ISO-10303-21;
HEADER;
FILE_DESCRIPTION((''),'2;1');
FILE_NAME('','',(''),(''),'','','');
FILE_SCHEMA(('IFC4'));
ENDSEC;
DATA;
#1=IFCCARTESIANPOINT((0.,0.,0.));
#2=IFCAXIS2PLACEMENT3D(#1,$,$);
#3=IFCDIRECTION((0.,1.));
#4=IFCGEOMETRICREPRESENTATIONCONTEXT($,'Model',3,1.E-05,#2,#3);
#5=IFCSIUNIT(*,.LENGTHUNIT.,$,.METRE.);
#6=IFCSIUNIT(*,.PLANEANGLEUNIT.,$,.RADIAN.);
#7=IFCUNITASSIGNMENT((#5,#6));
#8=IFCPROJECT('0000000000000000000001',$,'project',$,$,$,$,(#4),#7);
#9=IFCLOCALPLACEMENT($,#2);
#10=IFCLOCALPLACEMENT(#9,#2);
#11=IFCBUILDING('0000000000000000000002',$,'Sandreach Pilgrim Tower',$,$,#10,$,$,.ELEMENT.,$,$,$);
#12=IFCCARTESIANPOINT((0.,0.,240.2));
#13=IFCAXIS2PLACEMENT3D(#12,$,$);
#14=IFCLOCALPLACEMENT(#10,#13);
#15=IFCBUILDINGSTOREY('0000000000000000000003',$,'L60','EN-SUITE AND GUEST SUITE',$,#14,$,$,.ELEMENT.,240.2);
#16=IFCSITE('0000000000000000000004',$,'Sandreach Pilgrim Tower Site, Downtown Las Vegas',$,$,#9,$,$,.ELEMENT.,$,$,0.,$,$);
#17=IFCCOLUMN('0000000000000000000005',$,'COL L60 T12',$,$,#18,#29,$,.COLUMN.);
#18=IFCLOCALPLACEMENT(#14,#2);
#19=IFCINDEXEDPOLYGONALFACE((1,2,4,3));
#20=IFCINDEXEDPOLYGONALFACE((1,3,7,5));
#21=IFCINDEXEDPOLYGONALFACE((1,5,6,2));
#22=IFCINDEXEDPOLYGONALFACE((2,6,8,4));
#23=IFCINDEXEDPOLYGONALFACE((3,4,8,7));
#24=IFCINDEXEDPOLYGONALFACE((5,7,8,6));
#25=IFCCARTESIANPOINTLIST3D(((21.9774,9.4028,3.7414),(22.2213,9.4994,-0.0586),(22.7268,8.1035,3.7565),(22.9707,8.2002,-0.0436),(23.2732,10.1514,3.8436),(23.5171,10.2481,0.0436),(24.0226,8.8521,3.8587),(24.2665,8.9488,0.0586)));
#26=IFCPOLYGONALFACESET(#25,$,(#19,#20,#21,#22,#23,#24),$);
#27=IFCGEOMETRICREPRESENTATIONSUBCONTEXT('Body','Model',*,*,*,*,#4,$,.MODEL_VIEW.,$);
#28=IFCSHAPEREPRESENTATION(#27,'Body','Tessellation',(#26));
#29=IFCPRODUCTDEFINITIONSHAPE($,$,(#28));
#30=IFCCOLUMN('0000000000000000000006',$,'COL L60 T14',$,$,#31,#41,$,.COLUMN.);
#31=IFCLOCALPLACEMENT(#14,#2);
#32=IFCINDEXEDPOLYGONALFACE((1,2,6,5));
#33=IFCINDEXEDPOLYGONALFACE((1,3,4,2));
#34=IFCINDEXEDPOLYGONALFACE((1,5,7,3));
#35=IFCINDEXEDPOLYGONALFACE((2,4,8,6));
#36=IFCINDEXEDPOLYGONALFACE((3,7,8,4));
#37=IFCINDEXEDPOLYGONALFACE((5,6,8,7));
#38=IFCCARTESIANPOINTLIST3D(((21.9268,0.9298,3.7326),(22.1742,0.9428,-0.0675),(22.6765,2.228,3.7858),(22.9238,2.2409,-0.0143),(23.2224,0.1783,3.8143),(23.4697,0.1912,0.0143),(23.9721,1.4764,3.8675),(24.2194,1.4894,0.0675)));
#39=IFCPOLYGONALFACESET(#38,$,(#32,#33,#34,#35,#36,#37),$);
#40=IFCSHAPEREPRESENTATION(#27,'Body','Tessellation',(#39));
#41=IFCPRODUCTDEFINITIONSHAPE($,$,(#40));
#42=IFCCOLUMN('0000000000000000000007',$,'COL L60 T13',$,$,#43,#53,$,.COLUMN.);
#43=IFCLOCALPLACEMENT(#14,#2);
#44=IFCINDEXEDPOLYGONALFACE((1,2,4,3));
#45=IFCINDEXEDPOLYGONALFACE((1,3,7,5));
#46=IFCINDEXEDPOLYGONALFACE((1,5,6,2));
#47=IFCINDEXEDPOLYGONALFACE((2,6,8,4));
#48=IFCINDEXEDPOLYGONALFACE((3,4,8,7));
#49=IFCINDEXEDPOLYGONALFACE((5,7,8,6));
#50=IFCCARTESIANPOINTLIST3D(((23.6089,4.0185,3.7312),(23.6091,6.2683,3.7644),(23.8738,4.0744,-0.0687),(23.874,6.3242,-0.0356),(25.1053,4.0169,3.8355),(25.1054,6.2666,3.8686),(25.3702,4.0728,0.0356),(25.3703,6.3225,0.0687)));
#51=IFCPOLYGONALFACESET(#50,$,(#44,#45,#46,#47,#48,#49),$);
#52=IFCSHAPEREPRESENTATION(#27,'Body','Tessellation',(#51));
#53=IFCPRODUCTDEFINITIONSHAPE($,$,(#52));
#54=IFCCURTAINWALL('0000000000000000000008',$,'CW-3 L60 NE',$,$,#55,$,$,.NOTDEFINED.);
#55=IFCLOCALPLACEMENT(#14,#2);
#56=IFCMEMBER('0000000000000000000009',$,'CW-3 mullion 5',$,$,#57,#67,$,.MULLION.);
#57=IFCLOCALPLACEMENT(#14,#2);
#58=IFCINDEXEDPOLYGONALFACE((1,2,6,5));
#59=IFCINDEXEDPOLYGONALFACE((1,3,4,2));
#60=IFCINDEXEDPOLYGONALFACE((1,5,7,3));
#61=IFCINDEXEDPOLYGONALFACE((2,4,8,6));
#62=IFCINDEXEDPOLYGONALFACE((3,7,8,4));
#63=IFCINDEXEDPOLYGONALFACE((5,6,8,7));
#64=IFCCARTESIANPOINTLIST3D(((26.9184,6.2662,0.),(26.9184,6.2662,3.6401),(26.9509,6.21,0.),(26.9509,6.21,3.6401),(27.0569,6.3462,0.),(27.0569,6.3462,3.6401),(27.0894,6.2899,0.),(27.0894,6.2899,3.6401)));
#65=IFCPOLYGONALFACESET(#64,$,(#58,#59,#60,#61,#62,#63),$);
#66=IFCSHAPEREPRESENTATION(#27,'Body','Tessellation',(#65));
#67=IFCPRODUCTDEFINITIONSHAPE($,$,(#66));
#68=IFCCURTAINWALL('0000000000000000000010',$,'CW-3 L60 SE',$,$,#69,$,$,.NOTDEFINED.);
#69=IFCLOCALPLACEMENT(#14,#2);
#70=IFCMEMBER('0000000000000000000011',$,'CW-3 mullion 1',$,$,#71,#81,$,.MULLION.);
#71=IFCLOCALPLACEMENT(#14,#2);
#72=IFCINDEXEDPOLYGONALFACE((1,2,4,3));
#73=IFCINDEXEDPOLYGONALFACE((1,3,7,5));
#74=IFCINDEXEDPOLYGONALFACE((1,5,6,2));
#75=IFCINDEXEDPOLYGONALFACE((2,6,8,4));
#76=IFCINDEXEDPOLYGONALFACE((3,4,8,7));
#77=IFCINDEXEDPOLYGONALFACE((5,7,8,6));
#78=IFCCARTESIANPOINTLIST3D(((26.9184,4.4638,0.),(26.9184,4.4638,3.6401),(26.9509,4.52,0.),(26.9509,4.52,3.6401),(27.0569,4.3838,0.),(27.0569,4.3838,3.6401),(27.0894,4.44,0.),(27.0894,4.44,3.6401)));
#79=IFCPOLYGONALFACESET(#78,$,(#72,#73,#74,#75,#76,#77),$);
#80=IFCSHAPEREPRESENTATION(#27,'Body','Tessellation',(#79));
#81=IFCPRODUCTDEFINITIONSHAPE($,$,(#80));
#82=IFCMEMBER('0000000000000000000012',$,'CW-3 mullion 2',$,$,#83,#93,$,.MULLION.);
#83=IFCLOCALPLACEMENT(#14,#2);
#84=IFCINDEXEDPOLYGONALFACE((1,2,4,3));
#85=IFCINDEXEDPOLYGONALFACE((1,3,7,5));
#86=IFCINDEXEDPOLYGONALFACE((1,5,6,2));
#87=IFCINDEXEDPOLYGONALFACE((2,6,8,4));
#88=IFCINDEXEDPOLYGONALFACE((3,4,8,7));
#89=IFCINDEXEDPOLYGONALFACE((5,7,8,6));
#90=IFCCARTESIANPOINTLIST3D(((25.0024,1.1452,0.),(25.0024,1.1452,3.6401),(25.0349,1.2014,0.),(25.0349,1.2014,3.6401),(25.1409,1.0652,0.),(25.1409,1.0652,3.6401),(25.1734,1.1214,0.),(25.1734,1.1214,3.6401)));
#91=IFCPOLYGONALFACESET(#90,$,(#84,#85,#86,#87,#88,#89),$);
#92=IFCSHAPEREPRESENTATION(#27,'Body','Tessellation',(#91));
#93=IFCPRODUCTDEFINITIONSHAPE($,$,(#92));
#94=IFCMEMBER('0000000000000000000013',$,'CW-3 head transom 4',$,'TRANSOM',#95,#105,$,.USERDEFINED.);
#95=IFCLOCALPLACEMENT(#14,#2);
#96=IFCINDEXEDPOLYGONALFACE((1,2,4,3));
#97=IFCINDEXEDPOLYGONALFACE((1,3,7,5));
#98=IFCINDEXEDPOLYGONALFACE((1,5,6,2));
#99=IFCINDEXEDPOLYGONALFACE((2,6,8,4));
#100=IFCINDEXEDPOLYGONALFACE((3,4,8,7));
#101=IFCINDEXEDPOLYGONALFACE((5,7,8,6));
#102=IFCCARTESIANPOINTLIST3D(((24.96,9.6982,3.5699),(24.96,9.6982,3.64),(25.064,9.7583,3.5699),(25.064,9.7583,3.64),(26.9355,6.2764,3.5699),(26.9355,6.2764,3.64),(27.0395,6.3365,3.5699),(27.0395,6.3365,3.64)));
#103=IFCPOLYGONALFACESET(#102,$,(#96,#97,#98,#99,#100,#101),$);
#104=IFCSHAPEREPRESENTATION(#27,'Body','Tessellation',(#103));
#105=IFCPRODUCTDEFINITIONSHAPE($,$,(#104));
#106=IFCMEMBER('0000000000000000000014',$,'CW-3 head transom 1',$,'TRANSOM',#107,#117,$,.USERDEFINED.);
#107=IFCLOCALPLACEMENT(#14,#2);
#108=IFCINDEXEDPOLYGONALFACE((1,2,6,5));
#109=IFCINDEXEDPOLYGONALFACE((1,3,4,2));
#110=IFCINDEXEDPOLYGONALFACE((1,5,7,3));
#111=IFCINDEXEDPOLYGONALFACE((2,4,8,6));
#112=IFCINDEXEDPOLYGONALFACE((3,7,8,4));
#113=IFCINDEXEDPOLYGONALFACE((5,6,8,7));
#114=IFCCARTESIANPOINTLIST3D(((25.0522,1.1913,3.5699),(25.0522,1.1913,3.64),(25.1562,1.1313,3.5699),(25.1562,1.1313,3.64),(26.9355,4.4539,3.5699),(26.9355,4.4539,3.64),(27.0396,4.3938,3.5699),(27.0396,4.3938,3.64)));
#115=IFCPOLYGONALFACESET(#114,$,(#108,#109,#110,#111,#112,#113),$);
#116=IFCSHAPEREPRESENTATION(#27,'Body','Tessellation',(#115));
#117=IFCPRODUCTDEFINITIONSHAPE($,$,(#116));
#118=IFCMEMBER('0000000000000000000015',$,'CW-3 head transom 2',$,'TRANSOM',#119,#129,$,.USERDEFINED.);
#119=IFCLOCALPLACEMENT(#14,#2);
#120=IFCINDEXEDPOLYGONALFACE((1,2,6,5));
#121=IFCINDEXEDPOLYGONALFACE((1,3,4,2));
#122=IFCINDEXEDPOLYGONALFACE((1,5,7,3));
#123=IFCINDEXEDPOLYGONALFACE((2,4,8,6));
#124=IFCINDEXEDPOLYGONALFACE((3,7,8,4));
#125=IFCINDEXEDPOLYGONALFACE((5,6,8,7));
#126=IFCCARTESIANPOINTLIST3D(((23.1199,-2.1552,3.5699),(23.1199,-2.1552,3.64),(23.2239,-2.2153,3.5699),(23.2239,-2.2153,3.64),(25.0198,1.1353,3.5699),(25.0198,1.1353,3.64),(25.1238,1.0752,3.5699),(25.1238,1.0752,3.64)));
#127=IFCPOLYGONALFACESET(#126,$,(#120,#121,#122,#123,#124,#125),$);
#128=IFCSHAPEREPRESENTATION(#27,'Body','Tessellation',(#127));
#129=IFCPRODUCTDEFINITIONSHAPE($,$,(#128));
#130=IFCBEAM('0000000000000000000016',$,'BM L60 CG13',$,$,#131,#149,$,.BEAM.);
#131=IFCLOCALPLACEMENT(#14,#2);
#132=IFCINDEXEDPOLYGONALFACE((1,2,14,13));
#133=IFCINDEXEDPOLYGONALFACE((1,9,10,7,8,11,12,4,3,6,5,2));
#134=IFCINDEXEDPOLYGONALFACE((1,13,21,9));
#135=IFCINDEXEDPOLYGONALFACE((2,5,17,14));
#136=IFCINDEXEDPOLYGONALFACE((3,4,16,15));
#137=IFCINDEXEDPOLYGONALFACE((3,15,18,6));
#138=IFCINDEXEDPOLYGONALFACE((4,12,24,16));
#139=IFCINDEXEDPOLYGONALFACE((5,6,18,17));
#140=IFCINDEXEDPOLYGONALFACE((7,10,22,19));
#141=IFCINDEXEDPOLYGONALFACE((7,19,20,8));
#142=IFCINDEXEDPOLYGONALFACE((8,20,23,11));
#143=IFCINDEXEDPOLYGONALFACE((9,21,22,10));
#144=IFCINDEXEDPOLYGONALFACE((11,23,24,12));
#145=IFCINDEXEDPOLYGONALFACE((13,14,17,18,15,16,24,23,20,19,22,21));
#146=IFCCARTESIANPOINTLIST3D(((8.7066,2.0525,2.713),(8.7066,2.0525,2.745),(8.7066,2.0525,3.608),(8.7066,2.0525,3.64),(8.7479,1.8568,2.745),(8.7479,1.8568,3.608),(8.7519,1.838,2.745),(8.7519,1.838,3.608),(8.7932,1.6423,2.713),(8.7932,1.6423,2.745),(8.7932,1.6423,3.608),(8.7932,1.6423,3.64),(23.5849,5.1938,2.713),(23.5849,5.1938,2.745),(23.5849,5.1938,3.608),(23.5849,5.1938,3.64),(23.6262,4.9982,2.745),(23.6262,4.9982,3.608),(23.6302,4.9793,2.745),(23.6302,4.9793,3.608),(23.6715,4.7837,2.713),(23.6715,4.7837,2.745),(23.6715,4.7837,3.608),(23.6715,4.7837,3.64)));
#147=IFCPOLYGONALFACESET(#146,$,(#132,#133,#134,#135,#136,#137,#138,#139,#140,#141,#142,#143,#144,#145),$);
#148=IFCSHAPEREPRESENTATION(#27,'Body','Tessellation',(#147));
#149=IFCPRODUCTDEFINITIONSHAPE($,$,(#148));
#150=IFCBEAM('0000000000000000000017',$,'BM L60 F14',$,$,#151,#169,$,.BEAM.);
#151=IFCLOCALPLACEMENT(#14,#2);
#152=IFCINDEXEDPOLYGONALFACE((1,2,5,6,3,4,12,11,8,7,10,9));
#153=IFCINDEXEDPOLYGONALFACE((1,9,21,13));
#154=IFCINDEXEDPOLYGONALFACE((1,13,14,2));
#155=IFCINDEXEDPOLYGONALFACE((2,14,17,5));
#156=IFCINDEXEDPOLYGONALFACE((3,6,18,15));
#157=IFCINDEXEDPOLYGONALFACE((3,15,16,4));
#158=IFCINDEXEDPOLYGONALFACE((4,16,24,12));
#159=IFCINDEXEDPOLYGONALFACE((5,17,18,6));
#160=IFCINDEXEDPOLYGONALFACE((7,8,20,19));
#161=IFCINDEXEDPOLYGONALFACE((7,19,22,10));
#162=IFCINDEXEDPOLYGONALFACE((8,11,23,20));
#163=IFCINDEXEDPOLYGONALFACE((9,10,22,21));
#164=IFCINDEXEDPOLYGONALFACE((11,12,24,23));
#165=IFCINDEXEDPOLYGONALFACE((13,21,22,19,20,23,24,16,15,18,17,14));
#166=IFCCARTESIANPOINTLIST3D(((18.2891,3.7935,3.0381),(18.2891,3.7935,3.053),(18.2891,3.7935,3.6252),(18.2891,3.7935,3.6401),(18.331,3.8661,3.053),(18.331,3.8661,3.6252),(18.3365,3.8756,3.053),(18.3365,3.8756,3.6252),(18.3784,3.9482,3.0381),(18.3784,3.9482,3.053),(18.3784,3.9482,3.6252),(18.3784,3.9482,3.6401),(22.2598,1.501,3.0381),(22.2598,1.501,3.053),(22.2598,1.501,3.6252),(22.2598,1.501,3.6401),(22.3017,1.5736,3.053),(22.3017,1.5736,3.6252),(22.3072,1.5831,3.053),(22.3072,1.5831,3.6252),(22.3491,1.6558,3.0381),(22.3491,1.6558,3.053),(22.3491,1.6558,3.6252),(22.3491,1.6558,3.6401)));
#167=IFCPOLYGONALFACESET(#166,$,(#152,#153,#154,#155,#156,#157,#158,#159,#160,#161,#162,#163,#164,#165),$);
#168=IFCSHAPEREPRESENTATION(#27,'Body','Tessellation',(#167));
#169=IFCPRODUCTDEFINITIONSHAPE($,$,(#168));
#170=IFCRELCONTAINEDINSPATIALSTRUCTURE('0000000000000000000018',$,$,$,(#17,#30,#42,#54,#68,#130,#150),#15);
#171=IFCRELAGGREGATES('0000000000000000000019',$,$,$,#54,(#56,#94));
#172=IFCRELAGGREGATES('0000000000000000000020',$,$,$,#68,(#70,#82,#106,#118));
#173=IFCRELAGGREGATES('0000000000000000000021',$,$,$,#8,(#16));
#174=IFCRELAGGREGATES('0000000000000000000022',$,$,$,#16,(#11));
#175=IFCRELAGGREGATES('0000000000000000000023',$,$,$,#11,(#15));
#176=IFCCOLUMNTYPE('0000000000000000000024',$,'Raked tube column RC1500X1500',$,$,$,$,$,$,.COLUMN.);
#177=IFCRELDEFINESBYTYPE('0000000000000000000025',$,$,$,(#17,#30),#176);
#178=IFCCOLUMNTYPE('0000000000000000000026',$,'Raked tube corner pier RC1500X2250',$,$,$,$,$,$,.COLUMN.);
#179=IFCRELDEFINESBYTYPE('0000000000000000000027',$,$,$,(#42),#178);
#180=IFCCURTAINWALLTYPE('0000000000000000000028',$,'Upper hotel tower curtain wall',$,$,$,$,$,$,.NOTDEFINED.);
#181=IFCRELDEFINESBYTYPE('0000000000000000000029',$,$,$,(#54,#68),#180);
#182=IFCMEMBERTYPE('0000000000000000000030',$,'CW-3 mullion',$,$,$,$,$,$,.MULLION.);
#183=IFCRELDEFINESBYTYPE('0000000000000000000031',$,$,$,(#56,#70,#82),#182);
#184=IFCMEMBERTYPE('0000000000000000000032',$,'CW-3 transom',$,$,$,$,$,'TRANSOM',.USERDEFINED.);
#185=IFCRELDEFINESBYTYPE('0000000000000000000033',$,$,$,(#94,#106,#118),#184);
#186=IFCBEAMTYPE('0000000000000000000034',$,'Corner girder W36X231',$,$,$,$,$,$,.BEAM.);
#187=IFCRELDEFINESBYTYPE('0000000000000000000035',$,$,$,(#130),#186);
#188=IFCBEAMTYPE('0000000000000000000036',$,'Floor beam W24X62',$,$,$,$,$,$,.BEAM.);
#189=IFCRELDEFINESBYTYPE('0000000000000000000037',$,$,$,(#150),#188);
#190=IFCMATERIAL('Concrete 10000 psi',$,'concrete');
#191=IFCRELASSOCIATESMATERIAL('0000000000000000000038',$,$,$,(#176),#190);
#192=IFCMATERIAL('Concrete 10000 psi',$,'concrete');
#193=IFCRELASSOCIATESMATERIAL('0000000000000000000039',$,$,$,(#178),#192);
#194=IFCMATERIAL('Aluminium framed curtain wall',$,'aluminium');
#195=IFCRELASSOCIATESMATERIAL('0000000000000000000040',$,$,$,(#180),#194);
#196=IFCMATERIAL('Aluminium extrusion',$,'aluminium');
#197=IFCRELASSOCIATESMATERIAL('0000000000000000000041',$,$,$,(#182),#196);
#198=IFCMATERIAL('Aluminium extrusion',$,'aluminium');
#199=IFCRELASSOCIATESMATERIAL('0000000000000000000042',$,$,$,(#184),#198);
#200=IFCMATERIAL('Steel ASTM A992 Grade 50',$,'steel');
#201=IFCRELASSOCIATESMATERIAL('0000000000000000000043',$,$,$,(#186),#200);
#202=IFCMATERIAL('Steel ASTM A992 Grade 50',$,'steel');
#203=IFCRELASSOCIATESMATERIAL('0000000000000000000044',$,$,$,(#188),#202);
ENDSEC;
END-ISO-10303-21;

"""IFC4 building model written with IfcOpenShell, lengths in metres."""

from ifc_helpers import new_model, si_unit, direction, frame, origin, origin_2d, place, context, subcontext, project, spatial, rectangle, i_section, extrude, material, material_profile, profile_set, type_object, element, aggregate, save


model = new_model("IFC4")

# Units and contexts
model_context = context("Model", 3, precision=1e-05, world=origin(), true_north=direction((0.0, 1.0)))
body_context = subcontext(model_context, "Body", "Model", "MODEL_VIEW")
ifc_project = project(units=[si_unit("LENGTHUNIT", "METRE"), si_unit("PLANEANGLEUNIT", "RADIAN")], contexts=[model_context])

# Site, building, storey
site_placement = place(None, origin())
site = spatial("IfcSite", under=ifc_project, at=site_placement, Name="Sandreach Pilgrim Tower Site, Downtown Las Vegas", CompositionType="ELEMENT", RefElevation=0.0)
building_placement = place(site_placement, origin())
building = spatial("IfcBuilding", under=site, at=building_placement, Name="Sandreach Pilgrim Tower", CompositionType="ELEMENT")
storey_placement = place(building_placement, frame((0.0, 0.0, 240.2)))
storey = spatial("IfcBuildingStorey", under=building, at=storey_placement, Name="L60", Description="EN-SUITE AND GUEST SUITE", CompositionType="ELEMENT", Elevation=240.2)

# Columns
ifc_material_1 = material(Name="Concrete 10000 psi", Category="concrete")
ifc_material_profile_1 = material_profile(ifc_material_1, rectangle(XDim=1.5, YDim=1.5, at=origin_2d()), Name="RC1500X1500")
ifc_profile_set_1 = profile_set([ifc_material_profile_1], Name="Concrete 10000 psi")
column_type_1 = type_object("IfcColumnType", Name="Raked tube column RC1500X1500", PredefinedType="COLUMN", material=ifc_profile_set_1)
column_1_placement = place(storey_placement, frame((23.2439, 9.2241, 0.0), z_axis=(-0.06403, -0.025381, 0.997625), x_axis=(0.863863, 0.499096, 0.068143)))
element("IfcColumn", 1, at=column_1_placement, inside=storey, type_object=column_type_1, Name="COL L60 T12", PredefinedType="COLUMN", context=body_context, shape_type="SweptSolid", body=[
    extrude(rectangle(XDim=1.5, YDim=1.5, at=origin_2d()), origin(), (0.0, 0.0, 1.0), 3.8091),
])
column_2_placement = place(storey_placement, frame((23.1968, 1.2161, 0.0), z_axis=(-0.064944, -0.003398, 0.997883), x_axis=(0.863717, -0.50102, 0.054506)))
element("IfcColumn", 2, at=column_2_placement, inside=storey, type_object=column_type_1, Name="COL L60 T14", PredefinedType="COLUMN", context=body_context, shape_type="SweptSolid", body=[
    extrude(rectangle(XDim=1.5, YDim=1.5, at=origin_2d()), origin(), (0.0, 0.0, 1.0), 3.8081),
])
ifc_material_2 = material(Name="Concrete 10000 psi", Category="concrete")
ifc_material_profile_2 = material_profile(ifc_material_2, rectangle(XDim=1.5, YDim=2.25, at=origin_2d()), Name="RC1500X2250")
ifc_profile_set_2 = profile_set([ifc_material_profile_2], Name="Concrete 10000 psi")
column_type_2 = type_object("IfcColumnType", Name="Raked tube corner pier RC1500X2250", PredefinedType="COLUMN", material=ifc_profile_set_2)
column_3_placement = place(storey_placement, frame((24.6221, 5.1985, 0.0), z_axis=(-0.069531, -0.014675, 0.997472), x_axis=(0.99758, -0.001093, 0.069523)))
element("IfcColumn", 3, at=column_3_placement, inside=storey, type_object=column_type_2, Name="COL L60 T13", PredefinedType="COLUMN", context=body_context, shape_type="SweptSolid", body=[
    extrude(rectangle(XDim=1.5, YDim=2.25, at=origin_2d()), origin(), (0.0, 0.0, 1.0), 3.8096),
])

# Curtain wall, member
ifc_material_3 = material(Name="Aluminium framed curtain wall", Category="aluminium")
curtain_wall_type = type_object("IfcCurtainWallType", Name="Upper hotel tower curtain wall", PredefinedType="NOTDEFINED", material=ifc_material_3)
curtain_wall_1_placement = place(storey_placement, origin())
curtain_wall_1 = element("IfcCurtainWall", 4, at=curtain_wall_1_placement, inside=storey, type_object=curtain_wall_type, Name="CW-3 L60 NE", PredefinedType="NOTDEFINED")
ifc_material_4 = material(Name="Aluminium extrusion", Category="aluminium")
ifc_material_profile_3 = material_profile(ifc_material_4, rectangle(XDim=0.0649, YDim=0.1599, at=origin_2d()), Name="CW-3M 65X160")
ifc_profile_set_3 = profile_set([ifc_material_profile_3], Name="Aluminium extrusion")
member_type_1 = type_object("IfcMemberType", Name="CW-3 mullion", PredefinedType="MULLION", material=ifc_profile_set_3)
member_1_placement = place(storey_placement, frame((27.0039, 6.2781, 0.0), z_axis=(0.0, 0.0, 1.0), x_axis=(0.5, -0.866025, 0.0)))
member_1 = element("IfcMember", 5, at=member_1_placement, type_object=member_type_1, Name="CW-3 mullion 5", PredefinedType="MULLION", context=body_context, shape_type="SweptSolid", body=[
    extrude(rectangle(XDim=0.0649, YDim=0.1599, at=origin_2d()), origin(), (0.0, 0.0, 1.0), 3.6401),
])

# Curtain wall, members
curtain_wall_2_placement = place(storey_placement, origin())
curtain_wall_2 = element("IfcCurtainWall", 6, at=curtain_wall_2_placement, inside=storey, type_object=curtain_wall_type, Name="CW-3 L60 SE", PredefinedType="NOTDEFINED")
member_2_placement = place(storey_placement, frame((27.0039, 4.4519, 0.0), z_axis=(0.0, 0.0, 1.0), x_axis=(-0.5, -0.866025, 0.0)))
member_2 = element("IfcMember", 7, at=member_2_placement, type_object=member_type_1, Name="CW-3 mullion 1", PredefinedType="MULLION", context=body_context, shape_type="SweptSolid", body=[
    extrude(rectangle(XDim=0.0649, YDim=0.1599, at=origin_2d()), origin(), (0.0, 0.0, 1.0), 3.6401),
])
member_3_placement = place(storey_placement, frame((25.0879, 1.1333, 0.0), z_axis=(0.0, 0.0, 1.0), x_axis=(-0.5, -0.866025, 0.0)))
member_3 = element("IfcMember", 8, at=member_3_placement, type_object=member_type_1, Name="CW-3 mullion 2", PredefinedType="MULLION", context=body_context, shape_type="SweptSolid", body=[
    extrude(rectangle(XDim=0.0649, YDim=0.1599, at=origin_2d()), origin(), (0.0, 0.0, 1.0), 3.6401),
])

# Members
ifc_material_5 = material(Name="Aluminium extrusion", Category="aluminium")
ifc_material_profile_4 = material_profile(ifc_material_5, rectangle(XDim=0.1201, YDim=0.0701, at=origin_2d()), Name="CW-3T 120X70")
ifc_profile_set_4 = profile_set([ifc_material_profile_4], Name="Aluminium extrusion")
member_type_2 = type_object("IfcMemberType", Name="CW-3 transom", ElementType="TRANSOM", PredefinedType="USERDEFINED", material=ifc_profile_set_4)
member_4_placement = place(storey_placement, frame((25.012, 9.7283, 3.605), z_axis=(0.499993, -0.866029, 0.0), x_axis=(0.866029, 0.499993, 0.0)))
member_4 = element("IfcMember", 9, at=member_4_placement, type_object=member_type_2, Name="CW-3 head transom 4", ObjectType="TRANSOM", PredefinedType="USERDEFINED", context=body_context, shape_type="SweptSolid", body=[
    extrude(rectangle(XDim=0.1201, YDim=0.0701, at=origin_2d()), origin(), (0.0, 0.0, 1.0), 3.9512),
])
member_5_placement = place(storey_placement, frame((26.9875, 4.4238, 3.605), z_axis=(-0.499945, -0.866057, 0.0), x_axis=(0.866057, -0.499945, 0.0)))
member_5 = element("IfcMember", 10, at=member_5_placement, type_object=member_type_2, Name="CW-3 head transom 1", ObjectType="TRANSOM", PredefinedType="USERDEFINED", context=body_context, shape_type="SweptSolid", body=[
    extrude(rectangle(XDim=0.1201, YDim=0.0701, at=origin_2d()), origin(), (0.0, 0.0, 1.0), 3.7671),
])
member_6_placement = place(storey_placement, frame((25.0718, 1.1052, 3.605), z_axis=(-0.500023, -0.866012, 0.0), x_axis=(0.866012, -0.500023, 0.0)))
member_6 = element("IfcMember", 11, at=member_6_placement, type_object=member_type_2, Name="CW-3 head transom 2", ObjectType="TRANSOM", PredefinedType="USERDEFINED", context=body_context, shape_type="SweptSolid", body=[
    extrude(rectangle(XDim=0.1201, YDim=0.0701, at=origin_2d()), origin(), (0.0, 0.0, 1.0), 3.7996),
])

# Beams
ifc_material_6 = material(Name="Steel ASTM A992 Grade 50", Category="steel")
ifc_material_profile_5 = material_profile(ifc_material_6, i_section(OverallWidth=0.4192, OverallDepth=0.927, WebThickness=0.0193, FlangeThickness=0.032, at=origin_2d()), Name="W36X231")
ifc_profile_set_5 = profile_set([ifc_material_profile_5], Name="Steel ASTM A992 Grade 50")
beam_type_1 = type_object("IfcBeamType", Name="Corner girder W36X231", PredefinedType="BEAM", material=ifc_profile_set_5)
beam_1_placement = place(storey_placement, frame((23.6282, 4.9888, 3.1765), z_axis=(-0.978429, -0.206584, 0.0), x_axis=(0.206584, -0.978429, 0.0)))
element("IfcBeam", 12, at=beam_1_placement, inside=storey, type_object=beam_type_1, Name="BM L60 CG13", PredefinedType="BEAM", context=body_context, shape_type="SweptSolid", body=[
    extrude(i_section(OverallWidth=0.4192, OverallDepth=0.927, WebThickness=0.0193, FlangeThickness=0.032, at=origin_2d()), origin(), (0.0, 0.0, 1.0), 15.2063),
])
ifc_material_7 = material(Name="Steel ASTM A992 Grade 50", Category="steel")
ifc_material_profile_6 = material_profile(ifc_material_7, i_section(OverallWidth=0.1787, OverallDepth=0.6021, WebThickness=0.011, FlangeThickness=0.0149, at=origin_2d()), Name="W24X62")
ifc_profile_set_6 = profile_set([ifc_material_profile_6], Name="Steel ASTM A992 Grade 50")
beam_type_2 = type_object("IfcBeamType", Name="Floor beam W24X62", PredefinedType="BEAM", material=ifc_profile_set_6)
beam_2_placement = place(storey_placement, frame((22.3044, 1.5784, 3.3391), z_axis=(-0.866026, 0.499999, 0.0), x_axis=(-0.499999, -0.866026, 0.0)))
element("IfcBeam", 13, at=beam_2_placement, inside=storey, type_object=beam_type_2, Name="BM L60 F14", PredefinedType="BEAM", context=body_context, shape_type="SweptSolid", body=[
    extrude(i_section(OverallWidth=0.1787, OverallDepth=0.6021, WebThickness=0.011, FlangeThickness=0.0149, at=origin_2d()), origin(), (0.0, 0.0, 1.0), 4.585),
])

aggregate(curtain_wall_1, [member_1, member_4])
aggregate(curtain_wall_2, [member_2, member_3, member_5, member_6])

save(model, "model.ifc")
